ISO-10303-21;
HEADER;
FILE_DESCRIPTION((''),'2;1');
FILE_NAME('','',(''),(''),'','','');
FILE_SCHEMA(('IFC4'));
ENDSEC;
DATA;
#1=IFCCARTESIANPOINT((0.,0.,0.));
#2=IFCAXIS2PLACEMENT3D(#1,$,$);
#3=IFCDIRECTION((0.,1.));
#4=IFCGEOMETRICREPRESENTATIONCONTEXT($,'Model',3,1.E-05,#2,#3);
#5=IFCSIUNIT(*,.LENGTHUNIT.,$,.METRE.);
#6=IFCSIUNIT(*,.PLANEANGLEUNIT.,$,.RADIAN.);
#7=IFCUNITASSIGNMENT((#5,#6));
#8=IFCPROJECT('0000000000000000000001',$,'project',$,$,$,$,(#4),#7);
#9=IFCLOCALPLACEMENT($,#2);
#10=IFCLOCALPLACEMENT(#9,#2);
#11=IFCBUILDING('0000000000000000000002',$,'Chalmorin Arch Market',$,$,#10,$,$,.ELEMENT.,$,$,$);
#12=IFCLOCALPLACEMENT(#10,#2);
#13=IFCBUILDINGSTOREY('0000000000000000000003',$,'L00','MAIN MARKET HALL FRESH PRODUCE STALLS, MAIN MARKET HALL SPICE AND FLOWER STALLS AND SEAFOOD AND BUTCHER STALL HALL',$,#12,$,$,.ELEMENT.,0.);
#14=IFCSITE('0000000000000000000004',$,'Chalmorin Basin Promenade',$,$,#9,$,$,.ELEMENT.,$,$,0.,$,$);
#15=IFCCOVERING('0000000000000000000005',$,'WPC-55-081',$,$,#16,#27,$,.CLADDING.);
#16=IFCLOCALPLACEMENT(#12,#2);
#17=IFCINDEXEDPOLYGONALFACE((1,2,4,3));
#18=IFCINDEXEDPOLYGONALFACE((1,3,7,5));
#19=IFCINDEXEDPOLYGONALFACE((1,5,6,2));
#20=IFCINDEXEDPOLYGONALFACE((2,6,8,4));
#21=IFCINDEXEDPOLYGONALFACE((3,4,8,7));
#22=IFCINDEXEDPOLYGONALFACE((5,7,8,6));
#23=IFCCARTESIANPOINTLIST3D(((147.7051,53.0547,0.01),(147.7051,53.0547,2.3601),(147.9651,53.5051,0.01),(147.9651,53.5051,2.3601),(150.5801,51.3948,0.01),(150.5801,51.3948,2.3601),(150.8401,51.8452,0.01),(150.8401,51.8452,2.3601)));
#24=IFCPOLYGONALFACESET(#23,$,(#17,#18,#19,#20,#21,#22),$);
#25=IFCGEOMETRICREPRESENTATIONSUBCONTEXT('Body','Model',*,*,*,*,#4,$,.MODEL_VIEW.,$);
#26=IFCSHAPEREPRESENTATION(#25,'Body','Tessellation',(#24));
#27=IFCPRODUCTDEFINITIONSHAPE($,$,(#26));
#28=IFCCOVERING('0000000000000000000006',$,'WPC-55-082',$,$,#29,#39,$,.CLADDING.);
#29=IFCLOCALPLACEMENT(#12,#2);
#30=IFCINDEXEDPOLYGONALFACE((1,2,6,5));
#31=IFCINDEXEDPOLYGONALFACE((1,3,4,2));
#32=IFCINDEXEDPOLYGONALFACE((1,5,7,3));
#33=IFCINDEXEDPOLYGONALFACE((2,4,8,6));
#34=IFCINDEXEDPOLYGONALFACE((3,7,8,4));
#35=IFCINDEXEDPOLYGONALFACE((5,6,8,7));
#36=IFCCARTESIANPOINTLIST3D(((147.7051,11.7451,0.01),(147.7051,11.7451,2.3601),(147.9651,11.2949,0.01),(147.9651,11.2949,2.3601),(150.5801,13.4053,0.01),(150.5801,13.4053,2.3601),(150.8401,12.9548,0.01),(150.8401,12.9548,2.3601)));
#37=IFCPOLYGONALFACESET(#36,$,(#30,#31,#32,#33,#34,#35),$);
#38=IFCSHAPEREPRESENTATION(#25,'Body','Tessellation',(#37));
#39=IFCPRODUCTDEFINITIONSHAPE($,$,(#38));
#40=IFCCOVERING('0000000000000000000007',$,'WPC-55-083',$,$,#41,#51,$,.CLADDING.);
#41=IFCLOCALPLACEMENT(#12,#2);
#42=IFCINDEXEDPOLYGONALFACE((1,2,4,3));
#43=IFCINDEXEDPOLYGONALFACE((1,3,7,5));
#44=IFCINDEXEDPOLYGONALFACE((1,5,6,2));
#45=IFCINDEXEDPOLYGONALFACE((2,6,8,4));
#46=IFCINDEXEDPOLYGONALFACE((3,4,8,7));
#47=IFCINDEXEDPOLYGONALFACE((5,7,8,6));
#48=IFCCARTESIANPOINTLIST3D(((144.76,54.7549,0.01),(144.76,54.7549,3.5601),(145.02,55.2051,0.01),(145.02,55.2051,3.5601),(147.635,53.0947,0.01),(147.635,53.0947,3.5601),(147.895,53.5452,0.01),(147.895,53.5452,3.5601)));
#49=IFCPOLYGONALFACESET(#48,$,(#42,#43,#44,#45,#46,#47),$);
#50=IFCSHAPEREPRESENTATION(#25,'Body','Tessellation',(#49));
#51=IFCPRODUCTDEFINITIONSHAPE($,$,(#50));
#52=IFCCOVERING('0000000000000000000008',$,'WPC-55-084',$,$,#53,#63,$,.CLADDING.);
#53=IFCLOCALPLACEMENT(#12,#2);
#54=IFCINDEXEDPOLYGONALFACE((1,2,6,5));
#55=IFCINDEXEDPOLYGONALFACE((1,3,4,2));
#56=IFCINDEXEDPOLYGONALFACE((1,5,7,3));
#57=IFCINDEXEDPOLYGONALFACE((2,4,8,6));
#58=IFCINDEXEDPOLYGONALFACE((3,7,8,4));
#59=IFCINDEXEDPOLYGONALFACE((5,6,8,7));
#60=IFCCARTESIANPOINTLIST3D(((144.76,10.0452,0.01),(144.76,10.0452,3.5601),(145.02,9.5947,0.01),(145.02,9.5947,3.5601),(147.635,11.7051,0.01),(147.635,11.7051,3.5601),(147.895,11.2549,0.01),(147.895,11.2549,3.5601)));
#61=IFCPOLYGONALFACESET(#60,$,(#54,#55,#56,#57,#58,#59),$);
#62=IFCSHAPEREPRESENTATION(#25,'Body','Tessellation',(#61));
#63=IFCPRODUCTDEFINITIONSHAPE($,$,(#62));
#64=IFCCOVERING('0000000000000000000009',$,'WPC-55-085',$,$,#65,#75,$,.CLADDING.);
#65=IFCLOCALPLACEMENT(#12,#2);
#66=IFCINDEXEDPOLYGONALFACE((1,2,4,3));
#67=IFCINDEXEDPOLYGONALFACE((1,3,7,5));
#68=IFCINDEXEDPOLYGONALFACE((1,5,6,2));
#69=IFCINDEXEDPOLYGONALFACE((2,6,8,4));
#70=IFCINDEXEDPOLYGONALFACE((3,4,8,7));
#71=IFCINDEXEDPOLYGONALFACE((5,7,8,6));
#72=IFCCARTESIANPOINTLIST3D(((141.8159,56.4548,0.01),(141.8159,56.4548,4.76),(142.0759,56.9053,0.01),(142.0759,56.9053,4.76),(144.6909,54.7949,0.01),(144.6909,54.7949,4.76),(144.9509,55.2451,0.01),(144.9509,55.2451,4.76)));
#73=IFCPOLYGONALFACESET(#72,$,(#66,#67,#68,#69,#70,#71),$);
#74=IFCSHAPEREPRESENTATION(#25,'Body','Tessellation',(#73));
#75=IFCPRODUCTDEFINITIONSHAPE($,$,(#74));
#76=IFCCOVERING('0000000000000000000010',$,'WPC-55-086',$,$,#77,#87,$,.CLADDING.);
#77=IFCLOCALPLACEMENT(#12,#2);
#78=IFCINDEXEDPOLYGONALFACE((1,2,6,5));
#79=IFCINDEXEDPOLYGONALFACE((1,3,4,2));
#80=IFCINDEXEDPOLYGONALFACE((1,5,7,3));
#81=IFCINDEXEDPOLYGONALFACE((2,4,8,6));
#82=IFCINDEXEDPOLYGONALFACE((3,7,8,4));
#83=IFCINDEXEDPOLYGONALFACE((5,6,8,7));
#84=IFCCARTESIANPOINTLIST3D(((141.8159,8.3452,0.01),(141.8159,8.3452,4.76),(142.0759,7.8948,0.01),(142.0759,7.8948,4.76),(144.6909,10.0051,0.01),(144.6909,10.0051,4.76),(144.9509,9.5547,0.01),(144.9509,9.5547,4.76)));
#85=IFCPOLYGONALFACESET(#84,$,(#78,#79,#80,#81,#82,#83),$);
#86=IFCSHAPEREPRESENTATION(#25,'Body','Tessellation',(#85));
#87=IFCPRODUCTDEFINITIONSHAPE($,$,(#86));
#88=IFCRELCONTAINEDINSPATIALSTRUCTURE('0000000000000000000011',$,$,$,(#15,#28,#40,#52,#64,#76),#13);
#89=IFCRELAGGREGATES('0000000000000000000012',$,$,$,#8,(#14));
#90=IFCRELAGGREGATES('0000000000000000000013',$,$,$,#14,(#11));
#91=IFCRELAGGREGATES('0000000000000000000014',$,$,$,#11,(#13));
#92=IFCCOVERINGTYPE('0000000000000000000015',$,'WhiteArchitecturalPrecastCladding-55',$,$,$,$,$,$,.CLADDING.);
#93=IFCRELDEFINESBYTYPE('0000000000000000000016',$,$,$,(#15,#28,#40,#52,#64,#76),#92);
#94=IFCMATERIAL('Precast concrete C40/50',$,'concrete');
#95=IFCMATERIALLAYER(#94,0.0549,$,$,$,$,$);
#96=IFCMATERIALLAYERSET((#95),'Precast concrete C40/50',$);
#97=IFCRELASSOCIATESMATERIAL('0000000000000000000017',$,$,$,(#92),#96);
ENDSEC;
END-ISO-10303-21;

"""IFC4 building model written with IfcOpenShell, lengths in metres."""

from ifc_helpers import new_model, si_unit, direction, frame, origin, place, context, subcontext, project, spatial, polyline, outline, extrude, material, layer, layer_set, type_object, element, save


model = new_model("IFC4")

# Units and contexts
model_context = context("Model", 3, precision=1e-05, world=origin(), true_north=direction((0.0, 1.0)))
body_context = subcontext(model_context, "Body", "Model", "MODEL_VIEW")
ifc_project = project(units=[si_unit("LENGTHUNIT", "METRE"), si_unit("PLANEANGLEUNIT", "RADIAN")], contexts=[model_context])

# Site, building, storey
site_placement = place(None, origin())
site = spatial("IfcSite", under=ifc_project, at=site_placement, Name="Chalmorin Basin Promenade", CompositionType="ELEMENT", RefElevation=0.0)
building_placement = place(site_placement, origin())
building = spatial("IfcBuilding", under=site, at=building_placement, Name="Chalmorin Arch Market", CompositionType="ELEMENT")
storey_placement = place(building_placement, origin())
storey = spatial("IfcBuildingStorey", under=building, at=storey_placement, Name="L00", Description="MAIN MARKET HALL FRESH PRODUCE STALLS, MAIN MARKET HALL SPICE AND FLOWER STALLS AND SEAFOOD AND BUTCHER STALL HALL", CompositionType="ELEMENT", Elevation=0.0)

# Coverings
ifc_material_1 = material(Name="Precast concrete C40/50", Category="concrete")
ifc_layer_1 = layer(ifc_material_1, 0.0549)
ifc_layer_set_1 = layer_set([ifc_layer_1], Name="Precast concrete C40/50")
covering_type_1 = type_object("IfcCoveringType", Name="WhiteArchitecturalPrecastCladding-55", PredefinedType="CLADDING", material=ifc_layer_set_1)
covering_1_placement = place(storey_placement, frame((0.0, 0.0, 0.01)))
element("IfcCovering", 1, at=covering_1_placement, inside=storey, type_object=covering_type_1, Name="WPC-55-081", PredefinedType="CLADDING", context=body_context, shape_type="SweptSolid", body=[
    extrude(outline(polyline([(150.8401, 51.8452), (147.9651, 53.5051), (147.7051, 53.0547), (150.5801, 51.3948), (150.8401, 51.8452)])), origin(), (0.0, 0.0, 1.0), 2.3501),
])
covering_2_placement = place(storey_placement, frame((0.0, 0.0, 0.01)))
element("IfcCovering", 2, at=covering_2_placement, inside=storey, type_object=covering_type_1, Name="WPC-55-082", PredefinedType="CLADDING", context=body_context, shape_type="SweptSolid", body=[
    extrude(outline(polyline([(150.5801, 13.4053), (147.7051, 11.7451), (147.9651, 11.2949), (150.8401, 12.9548), (150.5801, 13.4053)])), origin(), (0.0, 0.0, 1.0), 2.3501),
])
covering_3_placement = place(storey_placement, frame((0.0, 0.0, 0.01)))
element("IfcCovering", 3, at=covering_3_placement, inside=storey, type_object=covering_type_1, Name="WPC-55-083", PredefinedType="CLADDING", context=body_context, shape_type="SweptSolid", body=[
    extrude(outline(polyline([(147.895, 53.5452), (145.02, 55.2051), (144.76, 54.7549), (147.635, 53.0947), (147.895, 53.5452)])), origin(), (0.0, 0.0, 1.0), 3.55),
])
covering_4_placement = place(storey_placement, frame((0.0, 0.0, 0.01)))
element("IfcCovering", 4, at=covering_4_placement, inside=storey, type_object=covering_type_1, Name="WPC-55-084", PredefinedType="CLADDING", context=body_context, shape_type="SweptSolid", body=[
    extrude(outline(polyline([(147.635, 11.7051), (144.76, 10.0452), (145.02, 9.5947), (147.895, 11.2549), (147.635, 11.7051)])), origin(), (0.0, 0.0, 1.0), 3.55),
])
covering_5_placement = place(storey_placement, frame((0.0, 0.0, 0.01)))
element("IfcCovering", 5, at=covering_5_placement, inside=storey, type_object=covering_type_1, Name="WPC-55-085", PredefinedType="CLADDING", context=body_context, shape_type="SweptSolid", body=[
    extrude(outline(polyline([(144.9509, 55.2451), (142.0759, 56.9053), (141.8159, 56.4548), (144.6909, 54.7949), (144.9509, 55.2451)])), origin(), (0.0, 0.0, 1.0), 4.75),
])
covering_6_placement = place(storey_placement, frame((0.0, 0.0, 0.01)))
element("IfcCovering", 6, at=covering_6_placement, inside=storey, type_object=covering_type_1, Name="WPC-55-086", PredefinedType="CLADDING", context=body_context, shape_type="SweptSolid", body=[
    extrude(outline(polyline([(144.6909, 10.0051), (141.8159, 8.3452), (142.0759, 7.8948), (144.9509, 9.5547), (144.6909, 10.0051)])), origin(), (0.0, 0.0, 1.0), 4.75),
])

save(model, "model.ifc")
